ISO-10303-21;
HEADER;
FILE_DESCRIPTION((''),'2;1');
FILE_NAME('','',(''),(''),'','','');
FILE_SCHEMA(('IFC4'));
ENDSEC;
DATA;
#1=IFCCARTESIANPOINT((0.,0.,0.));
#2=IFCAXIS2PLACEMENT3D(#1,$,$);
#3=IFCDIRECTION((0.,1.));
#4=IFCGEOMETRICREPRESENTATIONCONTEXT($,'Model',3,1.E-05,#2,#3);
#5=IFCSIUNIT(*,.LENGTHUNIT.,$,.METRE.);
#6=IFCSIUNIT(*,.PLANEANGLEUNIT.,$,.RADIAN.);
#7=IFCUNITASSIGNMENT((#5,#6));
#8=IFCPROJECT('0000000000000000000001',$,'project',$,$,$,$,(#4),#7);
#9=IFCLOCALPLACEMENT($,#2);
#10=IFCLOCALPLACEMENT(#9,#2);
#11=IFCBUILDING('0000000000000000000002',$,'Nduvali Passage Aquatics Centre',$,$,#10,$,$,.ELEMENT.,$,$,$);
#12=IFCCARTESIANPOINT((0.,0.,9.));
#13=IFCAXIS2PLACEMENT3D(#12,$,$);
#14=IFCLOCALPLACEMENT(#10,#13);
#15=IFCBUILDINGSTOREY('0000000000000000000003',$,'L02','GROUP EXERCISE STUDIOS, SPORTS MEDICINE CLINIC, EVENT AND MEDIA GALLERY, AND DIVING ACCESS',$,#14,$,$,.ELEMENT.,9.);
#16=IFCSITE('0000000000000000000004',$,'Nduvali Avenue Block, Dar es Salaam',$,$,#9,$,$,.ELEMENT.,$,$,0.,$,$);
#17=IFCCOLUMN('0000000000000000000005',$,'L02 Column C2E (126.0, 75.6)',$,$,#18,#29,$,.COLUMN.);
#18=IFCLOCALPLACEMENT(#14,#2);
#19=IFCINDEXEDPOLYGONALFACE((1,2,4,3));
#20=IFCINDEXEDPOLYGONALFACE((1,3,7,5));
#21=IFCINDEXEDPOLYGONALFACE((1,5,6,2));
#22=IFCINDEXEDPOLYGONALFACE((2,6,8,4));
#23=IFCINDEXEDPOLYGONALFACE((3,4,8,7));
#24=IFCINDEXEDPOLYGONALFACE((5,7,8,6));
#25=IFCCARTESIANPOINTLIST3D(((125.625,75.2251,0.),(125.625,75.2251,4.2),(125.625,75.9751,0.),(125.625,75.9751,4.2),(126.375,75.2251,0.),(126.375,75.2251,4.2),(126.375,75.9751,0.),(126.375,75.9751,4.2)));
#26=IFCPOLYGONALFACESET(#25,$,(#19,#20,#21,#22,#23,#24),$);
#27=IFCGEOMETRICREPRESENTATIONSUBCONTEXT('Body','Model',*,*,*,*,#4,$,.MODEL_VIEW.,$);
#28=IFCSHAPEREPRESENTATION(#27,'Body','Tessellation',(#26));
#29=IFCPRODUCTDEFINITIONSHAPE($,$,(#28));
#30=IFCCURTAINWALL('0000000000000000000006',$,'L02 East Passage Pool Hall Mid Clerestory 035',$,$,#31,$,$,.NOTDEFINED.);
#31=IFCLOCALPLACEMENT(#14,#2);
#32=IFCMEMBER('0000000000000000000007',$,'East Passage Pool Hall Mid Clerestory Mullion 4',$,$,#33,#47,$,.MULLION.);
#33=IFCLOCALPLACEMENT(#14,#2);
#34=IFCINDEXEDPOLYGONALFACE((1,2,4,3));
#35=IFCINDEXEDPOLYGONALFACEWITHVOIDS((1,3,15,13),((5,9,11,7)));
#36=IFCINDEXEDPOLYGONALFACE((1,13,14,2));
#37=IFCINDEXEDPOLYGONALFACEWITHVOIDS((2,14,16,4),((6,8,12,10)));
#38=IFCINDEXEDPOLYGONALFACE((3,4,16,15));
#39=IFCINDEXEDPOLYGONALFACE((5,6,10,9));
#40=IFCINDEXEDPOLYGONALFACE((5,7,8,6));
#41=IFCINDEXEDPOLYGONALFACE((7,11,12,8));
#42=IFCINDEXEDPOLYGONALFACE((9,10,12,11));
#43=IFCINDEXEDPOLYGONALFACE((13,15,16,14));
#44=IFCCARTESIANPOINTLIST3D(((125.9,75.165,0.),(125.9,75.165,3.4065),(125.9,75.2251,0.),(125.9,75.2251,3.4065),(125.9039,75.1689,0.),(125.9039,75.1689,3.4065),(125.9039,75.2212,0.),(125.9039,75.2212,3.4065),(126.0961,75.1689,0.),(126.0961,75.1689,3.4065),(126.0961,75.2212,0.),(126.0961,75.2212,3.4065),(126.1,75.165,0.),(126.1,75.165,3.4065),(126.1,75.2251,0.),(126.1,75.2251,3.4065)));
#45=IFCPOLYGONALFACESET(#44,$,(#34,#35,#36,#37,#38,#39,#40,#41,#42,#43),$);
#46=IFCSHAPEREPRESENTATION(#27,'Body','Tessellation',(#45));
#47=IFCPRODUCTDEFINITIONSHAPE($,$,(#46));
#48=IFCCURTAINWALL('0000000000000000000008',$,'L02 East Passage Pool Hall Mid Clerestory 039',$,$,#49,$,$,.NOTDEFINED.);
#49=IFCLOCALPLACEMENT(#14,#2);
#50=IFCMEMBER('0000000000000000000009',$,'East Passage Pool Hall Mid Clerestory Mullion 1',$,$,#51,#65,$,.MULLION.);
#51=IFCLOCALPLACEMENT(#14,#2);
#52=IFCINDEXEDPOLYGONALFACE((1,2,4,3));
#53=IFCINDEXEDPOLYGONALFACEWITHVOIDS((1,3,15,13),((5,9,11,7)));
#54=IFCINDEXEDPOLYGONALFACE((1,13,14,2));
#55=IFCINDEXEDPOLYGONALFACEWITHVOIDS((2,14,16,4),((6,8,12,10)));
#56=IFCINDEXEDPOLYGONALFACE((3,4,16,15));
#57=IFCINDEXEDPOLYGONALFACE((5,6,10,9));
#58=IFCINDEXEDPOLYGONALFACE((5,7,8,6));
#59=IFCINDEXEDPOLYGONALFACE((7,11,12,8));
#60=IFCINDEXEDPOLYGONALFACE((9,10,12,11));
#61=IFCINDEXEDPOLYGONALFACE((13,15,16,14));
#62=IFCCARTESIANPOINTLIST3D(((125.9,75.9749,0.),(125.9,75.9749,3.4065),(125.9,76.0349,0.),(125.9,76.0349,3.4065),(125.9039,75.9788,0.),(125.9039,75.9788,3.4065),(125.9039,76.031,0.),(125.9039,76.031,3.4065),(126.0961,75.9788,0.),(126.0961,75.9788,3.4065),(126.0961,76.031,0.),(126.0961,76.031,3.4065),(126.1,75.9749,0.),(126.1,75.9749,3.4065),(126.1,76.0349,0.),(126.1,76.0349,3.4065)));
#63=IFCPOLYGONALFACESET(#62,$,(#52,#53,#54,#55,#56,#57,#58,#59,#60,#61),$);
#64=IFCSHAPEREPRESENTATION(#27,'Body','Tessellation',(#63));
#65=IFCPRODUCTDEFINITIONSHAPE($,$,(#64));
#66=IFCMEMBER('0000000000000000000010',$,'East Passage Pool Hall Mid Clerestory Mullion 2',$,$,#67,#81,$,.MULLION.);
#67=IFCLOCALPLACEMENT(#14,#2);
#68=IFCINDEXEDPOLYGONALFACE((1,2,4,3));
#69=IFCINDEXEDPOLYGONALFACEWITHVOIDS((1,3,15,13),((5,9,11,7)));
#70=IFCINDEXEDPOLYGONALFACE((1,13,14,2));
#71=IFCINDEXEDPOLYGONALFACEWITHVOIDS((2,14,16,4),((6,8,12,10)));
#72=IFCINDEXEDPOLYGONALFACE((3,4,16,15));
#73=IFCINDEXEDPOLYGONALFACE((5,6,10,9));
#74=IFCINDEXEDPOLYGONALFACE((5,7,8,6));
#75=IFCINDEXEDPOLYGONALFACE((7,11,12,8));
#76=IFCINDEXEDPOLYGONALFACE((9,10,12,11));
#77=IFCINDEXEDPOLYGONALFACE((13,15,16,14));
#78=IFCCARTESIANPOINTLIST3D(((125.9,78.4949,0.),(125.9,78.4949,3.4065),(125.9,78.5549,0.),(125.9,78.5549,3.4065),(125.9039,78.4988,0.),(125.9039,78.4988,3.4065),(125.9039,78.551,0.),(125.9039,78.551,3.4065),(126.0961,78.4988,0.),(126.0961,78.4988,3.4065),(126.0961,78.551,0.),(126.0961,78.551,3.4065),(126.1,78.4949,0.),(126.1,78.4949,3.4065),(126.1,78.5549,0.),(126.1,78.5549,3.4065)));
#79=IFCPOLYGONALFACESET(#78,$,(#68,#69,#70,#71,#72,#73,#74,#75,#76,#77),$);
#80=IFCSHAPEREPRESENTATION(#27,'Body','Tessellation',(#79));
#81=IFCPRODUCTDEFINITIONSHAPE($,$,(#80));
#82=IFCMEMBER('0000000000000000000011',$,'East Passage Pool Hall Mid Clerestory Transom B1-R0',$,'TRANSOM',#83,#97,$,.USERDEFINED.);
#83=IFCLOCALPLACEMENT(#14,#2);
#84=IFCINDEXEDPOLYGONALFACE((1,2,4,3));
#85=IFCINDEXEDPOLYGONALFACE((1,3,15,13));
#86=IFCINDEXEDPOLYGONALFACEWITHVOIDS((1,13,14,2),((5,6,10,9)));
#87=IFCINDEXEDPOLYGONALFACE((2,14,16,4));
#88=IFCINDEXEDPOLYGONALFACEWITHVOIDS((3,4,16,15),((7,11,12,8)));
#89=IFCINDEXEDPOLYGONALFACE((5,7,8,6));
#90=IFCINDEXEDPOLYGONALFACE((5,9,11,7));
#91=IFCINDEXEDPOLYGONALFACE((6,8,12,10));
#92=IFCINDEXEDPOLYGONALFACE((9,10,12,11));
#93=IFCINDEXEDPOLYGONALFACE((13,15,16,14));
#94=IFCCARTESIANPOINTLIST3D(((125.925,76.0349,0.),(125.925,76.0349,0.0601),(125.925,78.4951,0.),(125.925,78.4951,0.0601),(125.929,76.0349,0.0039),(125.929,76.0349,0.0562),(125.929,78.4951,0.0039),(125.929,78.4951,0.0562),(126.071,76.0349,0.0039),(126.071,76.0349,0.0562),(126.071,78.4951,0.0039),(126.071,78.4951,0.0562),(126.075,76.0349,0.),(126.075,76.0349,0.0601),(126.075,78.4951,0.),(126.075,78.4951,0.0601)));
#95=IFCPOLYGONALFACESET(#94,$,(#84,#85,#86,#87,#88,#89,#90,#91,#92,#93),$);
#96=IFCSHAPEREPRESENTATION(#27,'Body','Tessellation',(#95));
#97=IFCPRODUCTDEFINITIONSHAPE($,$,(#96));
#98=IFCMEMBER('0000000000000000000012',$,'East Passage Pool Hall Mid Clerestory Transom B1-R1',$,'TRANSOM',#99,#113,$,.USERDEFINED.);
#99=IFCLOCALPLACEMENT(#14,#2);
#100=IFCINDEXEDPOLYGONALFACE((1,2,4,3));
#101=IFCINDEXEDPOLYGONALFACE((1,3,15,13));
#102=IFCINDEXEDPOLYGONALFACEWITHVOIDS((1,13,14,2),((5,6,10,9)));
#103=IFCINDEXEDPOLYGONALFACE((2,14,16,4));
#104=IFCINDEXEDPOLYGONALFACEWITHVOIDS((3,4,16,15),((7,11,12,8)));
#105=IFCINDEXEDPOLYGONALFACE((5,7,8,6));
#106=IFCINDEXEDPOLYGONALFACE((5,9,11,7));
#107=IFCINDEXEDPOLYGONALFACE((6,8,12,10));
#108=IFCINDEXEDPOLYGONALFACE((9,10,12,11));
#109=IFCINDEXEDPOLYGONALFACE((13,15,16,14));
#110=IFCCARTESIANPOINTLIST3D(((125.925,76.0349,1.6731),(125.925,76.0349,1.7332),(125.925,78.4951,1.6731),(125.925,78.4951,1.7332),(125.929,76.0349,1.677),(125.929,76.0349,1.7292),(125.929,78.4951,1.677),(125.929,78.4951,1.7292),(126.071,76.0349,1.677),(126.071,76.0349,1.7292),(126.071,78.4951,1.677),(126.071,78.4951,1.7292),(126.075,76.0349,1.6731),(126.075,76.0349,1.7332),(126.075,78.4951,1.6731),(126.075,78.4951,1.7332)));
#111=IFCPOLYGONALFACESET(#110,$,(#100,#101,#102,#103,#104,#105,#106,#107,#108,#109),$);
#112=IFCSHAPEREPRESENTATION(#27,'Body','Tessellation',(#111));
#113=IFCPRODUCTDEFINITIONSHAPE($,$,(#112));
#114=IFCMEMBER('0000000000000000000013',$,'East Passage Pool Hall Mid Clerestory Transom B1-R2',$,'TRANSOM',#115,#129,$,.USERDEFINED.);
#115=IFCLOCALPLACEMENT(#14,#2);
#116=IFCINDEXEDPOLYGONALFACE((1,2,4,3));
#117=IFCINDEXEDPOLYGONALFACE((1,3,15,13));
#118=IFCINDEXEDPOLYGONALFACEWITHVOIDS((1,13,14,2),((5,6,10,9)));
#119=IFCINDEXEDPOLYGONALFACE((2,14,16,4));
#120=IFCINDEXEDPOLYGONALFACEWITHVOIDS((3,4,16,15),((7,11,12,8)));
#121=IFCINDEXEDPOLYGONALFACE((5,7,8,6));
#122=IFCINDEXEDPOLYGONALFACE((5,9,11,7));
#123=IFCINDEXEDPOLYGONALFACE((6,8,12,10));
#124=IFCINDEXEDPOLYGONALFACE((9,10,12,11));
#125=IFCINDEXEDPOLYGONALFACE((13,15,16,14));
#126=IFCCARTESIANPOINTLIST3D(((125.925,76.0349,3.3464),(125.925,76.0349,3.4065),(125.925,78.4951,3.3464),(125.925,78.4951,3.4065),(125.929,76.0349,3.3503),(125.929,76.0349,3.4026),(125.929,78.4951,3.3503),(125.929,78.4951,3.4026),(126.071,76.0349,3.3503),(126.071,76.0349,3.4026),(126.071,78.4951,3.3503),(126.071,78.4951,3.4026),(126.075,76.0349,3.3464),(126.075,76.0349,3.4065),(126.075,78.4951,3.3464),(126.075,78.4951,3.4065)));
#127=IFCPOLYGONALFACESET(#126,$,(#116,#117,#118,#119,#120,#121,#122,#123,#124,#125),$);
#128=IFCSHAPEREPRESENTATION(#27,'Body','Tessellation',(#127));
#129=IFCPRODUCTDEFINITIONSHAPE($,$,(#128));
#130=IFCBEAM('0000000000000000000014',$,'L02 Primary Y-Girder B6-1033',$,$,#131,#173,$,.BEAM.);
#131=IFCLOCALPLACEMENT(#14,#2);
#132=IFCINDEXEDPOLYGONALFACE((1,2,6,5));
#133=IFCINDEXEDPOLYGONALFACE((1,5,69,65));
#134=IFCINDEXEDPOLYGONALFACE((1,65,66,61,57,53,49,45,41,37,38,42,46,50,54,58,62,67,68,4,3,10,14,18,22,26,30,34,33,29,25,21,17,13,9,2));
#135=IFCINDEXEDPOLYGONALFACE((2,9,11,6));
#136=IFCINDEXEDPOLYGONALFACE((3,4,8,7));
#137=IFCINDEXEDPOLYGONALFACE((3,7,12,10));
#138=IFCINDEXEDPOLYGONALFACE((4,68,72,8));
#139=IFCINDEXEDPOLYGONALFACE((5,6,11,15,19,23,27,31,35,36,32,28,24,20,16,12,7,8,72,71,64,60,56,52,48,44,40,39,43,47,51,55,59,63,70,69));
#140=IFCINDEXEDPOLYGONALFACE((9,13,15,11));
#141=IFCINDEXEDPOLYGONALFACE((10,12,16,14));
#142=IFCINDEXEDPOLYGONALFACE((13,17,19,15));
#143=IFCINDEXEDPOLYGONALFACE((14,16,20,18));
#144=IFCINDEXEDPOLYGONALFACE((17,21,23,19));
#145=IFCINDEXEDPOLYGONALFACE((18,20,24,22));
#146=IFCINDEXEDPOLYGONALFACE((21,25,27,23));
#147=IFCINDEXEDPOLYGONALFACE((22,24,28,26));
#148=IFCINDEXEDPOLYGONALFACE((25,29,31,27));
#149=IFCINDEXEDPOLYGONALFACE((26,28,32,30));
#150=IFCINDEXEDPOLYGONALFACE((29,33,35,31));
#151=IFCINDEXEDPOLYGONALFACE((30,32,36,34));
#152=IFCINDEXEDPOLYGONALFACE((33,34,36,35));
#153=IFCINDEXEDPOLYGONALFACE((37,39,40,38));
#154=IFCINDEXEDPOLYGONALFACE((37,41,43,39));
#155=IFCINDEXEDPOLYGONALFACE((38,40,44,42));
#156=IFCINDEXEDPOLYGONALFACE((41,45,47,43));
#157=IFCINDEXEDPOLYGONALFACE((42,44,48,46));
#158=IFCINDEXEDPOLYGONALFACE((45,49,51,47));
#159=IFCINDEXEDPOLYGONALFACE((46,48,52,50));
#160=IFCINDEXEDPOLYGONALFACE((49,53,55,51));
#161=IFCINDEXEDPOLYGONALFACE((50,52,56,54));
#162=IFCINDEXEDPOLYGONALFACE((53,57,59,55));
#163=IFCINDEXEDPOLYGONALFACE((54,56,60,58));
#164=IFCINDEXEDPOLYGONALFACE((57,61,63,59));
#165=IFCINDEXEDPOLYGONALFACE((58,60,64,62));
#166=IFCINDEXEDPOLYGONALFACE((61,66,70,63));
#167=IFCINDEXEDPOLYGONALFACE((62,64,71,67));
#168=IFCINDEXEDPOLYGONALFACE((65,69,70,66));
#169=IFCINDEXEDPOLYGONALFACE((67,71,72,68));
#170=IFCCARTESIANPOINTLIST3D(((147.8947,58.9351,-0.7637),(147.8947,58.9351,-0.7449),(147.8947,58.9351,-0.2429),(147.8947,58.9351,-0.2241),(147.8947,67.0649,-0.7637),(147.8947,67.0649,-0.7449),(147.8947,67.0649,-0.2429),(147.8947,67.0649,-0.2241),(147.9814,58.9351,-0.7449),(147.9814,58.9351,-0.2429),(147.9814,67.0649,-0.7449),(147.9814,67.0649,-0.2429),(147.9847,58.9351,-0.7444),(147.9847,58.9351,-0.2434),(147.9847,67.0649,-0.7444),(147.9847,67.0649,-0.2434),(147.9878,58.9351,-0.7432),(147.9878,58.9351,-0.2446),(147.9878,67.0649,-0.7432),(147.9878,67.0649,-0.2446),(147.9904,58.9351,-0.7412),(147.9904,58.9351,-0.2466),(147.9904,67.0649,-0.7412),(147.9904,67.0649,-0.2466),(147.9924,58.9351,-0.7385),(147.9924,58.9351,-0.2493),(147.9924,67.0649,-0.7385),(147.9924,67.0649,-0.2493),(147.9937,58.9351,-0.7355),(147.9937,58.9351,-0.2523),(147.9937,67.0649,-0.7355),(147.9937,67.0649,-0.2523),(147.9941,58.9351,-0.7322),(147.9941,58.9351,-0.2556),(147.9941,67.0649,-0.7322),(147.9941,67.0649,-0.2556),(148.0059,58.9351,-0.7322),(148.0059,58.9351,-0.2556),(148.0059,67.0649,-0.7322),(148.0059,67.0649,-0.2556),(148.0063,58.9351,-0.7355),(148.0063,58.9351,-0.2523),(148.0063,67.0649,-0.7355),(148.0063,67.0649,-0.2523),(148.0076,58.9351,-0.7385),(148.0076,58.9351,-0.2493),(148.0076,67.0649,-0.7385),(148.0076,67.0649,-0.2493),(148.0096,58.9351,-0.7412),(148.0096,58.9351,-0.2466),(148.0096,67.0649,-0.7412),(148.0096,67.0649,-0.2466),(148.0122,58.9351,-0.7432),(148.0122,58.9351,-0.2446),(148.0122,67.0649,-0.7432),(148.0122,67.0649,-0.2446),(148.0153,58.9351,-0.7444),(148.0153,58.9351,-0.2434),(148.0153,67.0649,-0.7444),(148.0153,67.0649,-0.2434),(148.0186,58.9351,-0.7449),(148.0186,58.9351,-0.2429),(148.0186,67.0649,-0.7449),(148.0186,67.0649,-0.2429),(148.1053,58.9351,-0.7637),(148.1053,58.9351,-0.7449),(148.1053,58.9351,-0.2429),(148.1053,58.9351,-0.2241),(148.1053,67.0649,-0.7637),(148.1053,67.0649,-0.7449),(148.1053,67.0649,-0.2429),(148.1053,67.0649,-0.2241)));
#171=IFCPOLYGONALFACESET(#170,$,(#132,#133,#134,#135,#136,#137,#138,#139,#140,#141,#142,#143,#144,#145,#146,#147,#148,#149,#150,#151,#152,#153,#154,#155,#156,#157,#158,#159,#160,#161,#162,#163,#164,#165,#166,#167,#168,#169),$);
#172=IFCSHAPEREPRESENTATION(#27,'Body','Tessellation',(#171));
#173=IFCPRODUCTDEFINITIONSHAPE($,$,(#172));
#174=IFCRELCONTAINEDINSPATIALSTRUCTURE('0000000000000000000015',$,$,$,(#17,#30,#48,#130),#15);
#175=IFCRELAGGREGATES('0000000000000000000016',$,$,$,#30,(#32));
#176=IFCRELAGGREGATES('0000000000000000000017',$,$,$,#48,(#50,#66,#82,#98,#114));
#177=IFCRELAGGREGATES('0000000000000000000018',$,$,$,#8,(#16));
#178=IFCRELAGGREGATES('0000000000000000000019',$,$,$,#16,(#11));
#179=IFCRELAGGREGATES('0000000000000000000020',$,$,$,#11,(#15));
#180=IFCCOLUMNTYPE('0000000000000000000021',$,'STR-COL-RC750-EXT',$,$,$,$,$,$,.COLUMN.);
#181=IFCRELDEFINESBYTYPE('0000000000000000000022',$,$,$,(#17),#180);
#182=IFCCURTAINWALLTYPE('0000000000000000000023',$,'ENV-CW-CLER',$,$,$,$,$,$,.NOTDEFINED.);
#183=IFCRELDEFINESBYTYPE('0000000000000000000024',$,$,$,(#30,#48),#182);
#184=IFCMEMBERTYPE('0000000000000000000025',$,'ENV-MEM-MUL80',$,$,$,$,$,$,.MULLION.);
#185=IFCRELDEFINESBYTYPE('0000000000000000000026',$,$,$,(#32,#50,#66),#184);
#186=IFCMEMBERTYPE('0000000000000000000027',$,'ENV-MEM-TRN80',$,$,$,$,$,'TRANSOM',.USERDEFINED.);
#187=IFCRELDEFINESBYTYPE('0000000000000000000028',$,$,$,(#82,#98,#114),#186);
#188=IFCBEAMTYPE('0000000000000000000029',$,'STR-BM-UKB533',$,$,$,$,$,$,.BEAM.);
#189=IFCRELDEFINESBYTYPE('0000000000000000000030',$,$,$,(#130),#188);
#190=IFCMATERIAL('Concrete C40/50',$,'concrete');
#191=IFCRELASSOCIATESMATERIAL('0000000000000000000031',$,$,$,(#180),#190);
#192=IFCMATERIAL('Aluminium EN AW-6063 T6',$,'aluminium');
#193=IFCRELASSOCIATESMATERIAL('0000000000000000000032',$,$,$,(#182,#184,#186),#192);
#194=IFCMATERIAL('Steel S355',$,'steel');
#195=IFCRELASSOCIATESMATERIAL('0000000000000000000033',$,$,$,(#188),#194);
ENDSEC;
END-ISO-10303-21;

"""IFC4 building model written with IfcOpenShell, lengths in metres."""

from ifc_helpers import new_model, si_unit, direction, frame, origin, origin_2d, place, context, subcontext, project, spatial, rectangle, hollow_rectangle, i_section, extrude, material, material_profile, profile_set, type_object, element, aggregate, save


model = new_model("IFC4")

# Units and contexts
model_context = context("Model", 3, precision=1e-05, world=origin(), true_north=direction((0.0, 1.0)))
body_context = subcontext(model_context, "Body", "Model", "MODEL_VIEW")
ifc_project = project(units=[si_unit("LENGTHUNIT", "METRE"), si_unit("PLANEANGLEUNIT", "RADIAN")], contexts=[model_context])

# Site, building, storey
site_placement = place(None, origin())
site = spatial("IfcSite", under=ifc_project, at=site_placement, Name="Nduvali Avenue Block, Dar es Salaam", CompositionType="ELEMENT", RefElevation=0.0)
building_placement = place(site_placement, origin())
building = spatial("IfcBuilding", under=site, at=building_placement, Name="Nduvali Passage Aquatics Centre", CompositionType="ELEMENT")
storey_placement = place(building_placement, frame((0.0, 0.0, 9.0)))
storey = spatial("IfcBuildingStorey", under=building, at=storey_placement, Name="L02", Description="GROUP EXERCISE STUDIOS, SPORTS MEDICINE CLINIC, EVENT AND MEDIA GALLERY, AND DIVING ACCESS", CompositionType="ELEMENT", Elevation=9.0)

# Column
ifc_material_1 = material(Name="Concrete C40/50", Category="concrete")
ifc_material_profile_1 = material_profile(ifc_material_1, rectangle(XDim=0.75, YDim=0.75, at=origin_2d()), Name="RC 750x750")
ifc_profile_set_1 = profile_set([ifc_material_profile_1], Name="Concrete C40/50")
column_type = type_object("IfcColumnType", Name="STR-COL-RC750-EXT", PredefinedType="COLUMN", material=ifc_profile_set_1)
column_placement = place(storey_placement, frame((126.0, 75.6001, 0.0), z_axis=(0.0, 0.0, 1.0), x_axis=(1.0, 0.0, 0.0)))
element("IfcColumn", 1, at=column_placement, inside=storey, type_object=column_type, Name="L02 Column C2E (126.0, 75.6)", PredefinedType="COLUMN", context=body_context, shape_type="SweptSolid", body=[
    extrude(rectangle(XDim=0.75, YDim=0.75, at=origin_2d()), origin(), (0.0, 0.0, 1.0), 4.2),
])

# Curtain wall, member
ifc_material_2 = material(Name="Aluminium EN AW-6063 T6", Category="aluminium")
curtain_wall_type = type_object("IfcCurtainWallType", Name="ENV-CW-CLER", PredefinedType="NOTDEFINED", material=ifc_material_2)
curtain_wall_1_placement = place(storey_placement, origin())
curtain_wall_1 = element("IfcCurtainWall", 2, at=curtain_wall_1_placement, inside=storey, type_object=curtain_wall_type, Name="L02 East Passage Pool Hall Mid Clerestory 035", PredefinedType="NOTDEFINED")
ifc_material_profile_2 = material_profile(ifc_material_2, hollow_rectangle(XDim=0.0601, YDim=0.2, WallThickness=0.0039, at=origin_2d()), Name="ALU MULLION 60x200x4")
ifc_profile_set_2 = profile_set([ifc_material_profile_2], Name="Aluminium EN AW-6063 T6")
member_type_1 = type_object("IfcMemberType", Name="ENV-MEM-MUL80", PredefinedType="MULLION", material=ifc_profile_set_2)
member_1_placement = place(storey_placement, frame((126.0, 75.1951, 0.0), z_axis=(0.0, 0.0, 1.0), x_axis=(0.0, 1.0, 0.0)))
member_1 = element("IfcMember", 3, at=member_1_placement, type_object=member_type_1, Name="East Passage Pool Hall Mid Clerestory Mullion 4", PredefinedType="MULLION", context=body_context, shape_type="SweptSolid", body=[
    extrude(hollow_rectangle(XDim=0.0601, YDim=0.2, WallThickness=0.0039, at=origin_2d()), origin(), (0.0, 0.0, 1.0), 3.4065),
])
aggregate(curtain_wall_1, [member_1])

# Curtain wall, members
curtain_wall_2_placement = place(storey_placement, origin())
curtain_wall_2 = element("IfcCurtainWall", 4, at=curtain_wall_2_placement, inside=storey, type_object=curtain_wall_type, Name="L02 East Passage Pool Hall Mid Clerestory 039", PredefinedType="NOTDEFINED")
member_2_placement = place(storey_placement, frame((126.0, 76.0049, 0.0), z_axis=(0.0, 0.0, 1.0), x_axis=(0.0, 1.0, 0.0)))
member_2 = element("IfcMember", 5, at=member_2_placement, type_object=member_type_1, Name="East Passage Pool Hall Mid Clerestory Mullion 1", PredefinedType="MULLION", context=body_context, shape_type="SweptSolid", body=[
    extrude(hollow_rectangle(XDim=0.0601, YDim=0.2, WallThickness=0.0039, at=origin_2d()), origin(), (0.0, 0.0, 1.0), 3.4065),
])
member_3_placement = place(storey_placement, frame((126.0, 78.5249, 0.0), z_axis=(0.0, 0.0, 1.0), x_axis=(0.0, 1.0, 0.0)))
member_3 = element("IfcMember", 6, at=member_3_placement, type_object=member_type_1, Name="East Passage Pool Hall Mid Clerestory Mullion 2", PredefinedType="MULLION", context=body_context, shape_type="SweptSolid", body=[
    extrude(hollow_rectangle(XDim=0.0601, YDim=0.2, WallThickness=0.0039, at=origin_2d()), origin(), (0.0, 0.0, 1.0), 3.4065),
])
ifc_material_profile_3 = material_profile(ifc_material_2, hollow_rectangle(XDim=0.1499, YDim=0.0601, WallThickness=0.0039, at=origin_2d()), Name="ALU TRANSOM 150x60x4")
ifc_profile_set_3 = profile_set([ifc_material_profile_3], Name="Aluminium EN AW-6063 T6")
member_type_2 = type_object("IfcMemberType", Name="ENV-MEM-TRN80", ElementType="TRANSOM", PredefinedType="USERDEFINED", material=ifc_profile_set_3)
member_4_placement = place(storey_placement, frame((126.0, 76.0349, 0.03), z_axis=(0.0, 1.0, 0.0), x_axis=(-1.0, 0.0, 0.0)))
member_4 = element("IfcMember", 7, at=member_4_placement, type_object=member_type_2, Name="East Passage Pool Hall Mid Clerestory Transom B1-R0", ObjectType="TRANSOM", PredefinedType="USERDEFINED", context=body_context, shape_type="SweptSolid", body=[
    extrude(hollow_rectangle(XDim=0.1499, YDim=0.0601, WallThickness=0.0039, at=origin_2d()), origin(), (0.0, 0.0, 1.0), 2.4602),
])
member_5_placement = place(storey_placement, frame((126.0, 76.0349, 1.7031), z_axis=(0.0, 1.0, 0.0), x_axis=(-1.0, 0.0, 0.0)))
member_5 = element("IfcMember", 8, at=member_5_placement, type_object=member_type_2, Name="East Passage Pool Hall Mid Clerestory Transom B1-R1", ObjectType="TRANSOM", PredefinedType="USERDEFINED", context=body_context, shape_type="SweptSolid", body=[
    extrude(hollow_rectangle(XDim=0.1499, YDim=0.0601, WallThickness=0.0039, at=origin_2d()), origin(), (0.0, 0.0, 1.0), 2.4602),
])
member_6_placement = place(storey_placement, frame((126.0, 76.0349, 3.3765), z_axis=(0.0, 1.0, 0.0), x_axis=(-1.0, 0.0, 0.0)))
member_6 = element("IfcMember", 9, at=member_6_placement, type_object=member_type_2, Name="East Passage Pool Hall Mid Clerestory Transom B1-R2", ObjectType="TRANSOM", PredefinedType="USERDEFINED", context=body_context, shape_type="SweptSolid", body=[
    extrude(hollow_rectangle(XDim=0.1499, YDim=0.0601, WallThickness=0.0039, at=origin_2d()), origin(), (0.0, 0.0, 1.0), 2.4602),
])

# Beam
ifc_material_3 = material(Name="Steel S355", Category="steel")
ifc_material_profile_4 = material_profile(ifc_material_3, i_section(OverallWidth=0.2107, OverallDepth=0.5396, WebThickness=0.0117, FlangeThickness=0.0188, FilletRadius=0.0127, at=origin_2d()), Name="UKB 533x210x109")
ifc_profile_set_4 = profile_set([ifc_material_profile_4], Name="Steel S355")
beam_type_1 = type_object("IfcBeamType", Name="STR-BM-UKB533", PredefinedType="BEAM", material=ifc_profile_set_4)
beam_1_placement = place(storey_placement, frame((148.0, 58.9351, -0.4939), z_axis=(0.0, 1.0, 0.0), x_axis=(-1.0, 0.0, 0.0)))
element("IfcBeam", 10, at=beam_1_placement, inside=storey, type_object=beam_type_1, Name="L02 Primary Y-Girder B6-1033", PredefinedType="BEAM", context=body_context, shape_type="SweptSolid", body=[
    extrude(i_section(OverallWidth=0.2107, OverallDepth=0.5396, WebThickness=0.0117, FlangeThickness=0.0188, FilletRadius=0.0127, at=origin_2d()), origin(), (0.0, 0.0, 1.0), 8.1299),
])

aggregate(curtain_wall_2, [member_2, member_3, member_4, member_5, member_6])

save(model, "model.ifc")
